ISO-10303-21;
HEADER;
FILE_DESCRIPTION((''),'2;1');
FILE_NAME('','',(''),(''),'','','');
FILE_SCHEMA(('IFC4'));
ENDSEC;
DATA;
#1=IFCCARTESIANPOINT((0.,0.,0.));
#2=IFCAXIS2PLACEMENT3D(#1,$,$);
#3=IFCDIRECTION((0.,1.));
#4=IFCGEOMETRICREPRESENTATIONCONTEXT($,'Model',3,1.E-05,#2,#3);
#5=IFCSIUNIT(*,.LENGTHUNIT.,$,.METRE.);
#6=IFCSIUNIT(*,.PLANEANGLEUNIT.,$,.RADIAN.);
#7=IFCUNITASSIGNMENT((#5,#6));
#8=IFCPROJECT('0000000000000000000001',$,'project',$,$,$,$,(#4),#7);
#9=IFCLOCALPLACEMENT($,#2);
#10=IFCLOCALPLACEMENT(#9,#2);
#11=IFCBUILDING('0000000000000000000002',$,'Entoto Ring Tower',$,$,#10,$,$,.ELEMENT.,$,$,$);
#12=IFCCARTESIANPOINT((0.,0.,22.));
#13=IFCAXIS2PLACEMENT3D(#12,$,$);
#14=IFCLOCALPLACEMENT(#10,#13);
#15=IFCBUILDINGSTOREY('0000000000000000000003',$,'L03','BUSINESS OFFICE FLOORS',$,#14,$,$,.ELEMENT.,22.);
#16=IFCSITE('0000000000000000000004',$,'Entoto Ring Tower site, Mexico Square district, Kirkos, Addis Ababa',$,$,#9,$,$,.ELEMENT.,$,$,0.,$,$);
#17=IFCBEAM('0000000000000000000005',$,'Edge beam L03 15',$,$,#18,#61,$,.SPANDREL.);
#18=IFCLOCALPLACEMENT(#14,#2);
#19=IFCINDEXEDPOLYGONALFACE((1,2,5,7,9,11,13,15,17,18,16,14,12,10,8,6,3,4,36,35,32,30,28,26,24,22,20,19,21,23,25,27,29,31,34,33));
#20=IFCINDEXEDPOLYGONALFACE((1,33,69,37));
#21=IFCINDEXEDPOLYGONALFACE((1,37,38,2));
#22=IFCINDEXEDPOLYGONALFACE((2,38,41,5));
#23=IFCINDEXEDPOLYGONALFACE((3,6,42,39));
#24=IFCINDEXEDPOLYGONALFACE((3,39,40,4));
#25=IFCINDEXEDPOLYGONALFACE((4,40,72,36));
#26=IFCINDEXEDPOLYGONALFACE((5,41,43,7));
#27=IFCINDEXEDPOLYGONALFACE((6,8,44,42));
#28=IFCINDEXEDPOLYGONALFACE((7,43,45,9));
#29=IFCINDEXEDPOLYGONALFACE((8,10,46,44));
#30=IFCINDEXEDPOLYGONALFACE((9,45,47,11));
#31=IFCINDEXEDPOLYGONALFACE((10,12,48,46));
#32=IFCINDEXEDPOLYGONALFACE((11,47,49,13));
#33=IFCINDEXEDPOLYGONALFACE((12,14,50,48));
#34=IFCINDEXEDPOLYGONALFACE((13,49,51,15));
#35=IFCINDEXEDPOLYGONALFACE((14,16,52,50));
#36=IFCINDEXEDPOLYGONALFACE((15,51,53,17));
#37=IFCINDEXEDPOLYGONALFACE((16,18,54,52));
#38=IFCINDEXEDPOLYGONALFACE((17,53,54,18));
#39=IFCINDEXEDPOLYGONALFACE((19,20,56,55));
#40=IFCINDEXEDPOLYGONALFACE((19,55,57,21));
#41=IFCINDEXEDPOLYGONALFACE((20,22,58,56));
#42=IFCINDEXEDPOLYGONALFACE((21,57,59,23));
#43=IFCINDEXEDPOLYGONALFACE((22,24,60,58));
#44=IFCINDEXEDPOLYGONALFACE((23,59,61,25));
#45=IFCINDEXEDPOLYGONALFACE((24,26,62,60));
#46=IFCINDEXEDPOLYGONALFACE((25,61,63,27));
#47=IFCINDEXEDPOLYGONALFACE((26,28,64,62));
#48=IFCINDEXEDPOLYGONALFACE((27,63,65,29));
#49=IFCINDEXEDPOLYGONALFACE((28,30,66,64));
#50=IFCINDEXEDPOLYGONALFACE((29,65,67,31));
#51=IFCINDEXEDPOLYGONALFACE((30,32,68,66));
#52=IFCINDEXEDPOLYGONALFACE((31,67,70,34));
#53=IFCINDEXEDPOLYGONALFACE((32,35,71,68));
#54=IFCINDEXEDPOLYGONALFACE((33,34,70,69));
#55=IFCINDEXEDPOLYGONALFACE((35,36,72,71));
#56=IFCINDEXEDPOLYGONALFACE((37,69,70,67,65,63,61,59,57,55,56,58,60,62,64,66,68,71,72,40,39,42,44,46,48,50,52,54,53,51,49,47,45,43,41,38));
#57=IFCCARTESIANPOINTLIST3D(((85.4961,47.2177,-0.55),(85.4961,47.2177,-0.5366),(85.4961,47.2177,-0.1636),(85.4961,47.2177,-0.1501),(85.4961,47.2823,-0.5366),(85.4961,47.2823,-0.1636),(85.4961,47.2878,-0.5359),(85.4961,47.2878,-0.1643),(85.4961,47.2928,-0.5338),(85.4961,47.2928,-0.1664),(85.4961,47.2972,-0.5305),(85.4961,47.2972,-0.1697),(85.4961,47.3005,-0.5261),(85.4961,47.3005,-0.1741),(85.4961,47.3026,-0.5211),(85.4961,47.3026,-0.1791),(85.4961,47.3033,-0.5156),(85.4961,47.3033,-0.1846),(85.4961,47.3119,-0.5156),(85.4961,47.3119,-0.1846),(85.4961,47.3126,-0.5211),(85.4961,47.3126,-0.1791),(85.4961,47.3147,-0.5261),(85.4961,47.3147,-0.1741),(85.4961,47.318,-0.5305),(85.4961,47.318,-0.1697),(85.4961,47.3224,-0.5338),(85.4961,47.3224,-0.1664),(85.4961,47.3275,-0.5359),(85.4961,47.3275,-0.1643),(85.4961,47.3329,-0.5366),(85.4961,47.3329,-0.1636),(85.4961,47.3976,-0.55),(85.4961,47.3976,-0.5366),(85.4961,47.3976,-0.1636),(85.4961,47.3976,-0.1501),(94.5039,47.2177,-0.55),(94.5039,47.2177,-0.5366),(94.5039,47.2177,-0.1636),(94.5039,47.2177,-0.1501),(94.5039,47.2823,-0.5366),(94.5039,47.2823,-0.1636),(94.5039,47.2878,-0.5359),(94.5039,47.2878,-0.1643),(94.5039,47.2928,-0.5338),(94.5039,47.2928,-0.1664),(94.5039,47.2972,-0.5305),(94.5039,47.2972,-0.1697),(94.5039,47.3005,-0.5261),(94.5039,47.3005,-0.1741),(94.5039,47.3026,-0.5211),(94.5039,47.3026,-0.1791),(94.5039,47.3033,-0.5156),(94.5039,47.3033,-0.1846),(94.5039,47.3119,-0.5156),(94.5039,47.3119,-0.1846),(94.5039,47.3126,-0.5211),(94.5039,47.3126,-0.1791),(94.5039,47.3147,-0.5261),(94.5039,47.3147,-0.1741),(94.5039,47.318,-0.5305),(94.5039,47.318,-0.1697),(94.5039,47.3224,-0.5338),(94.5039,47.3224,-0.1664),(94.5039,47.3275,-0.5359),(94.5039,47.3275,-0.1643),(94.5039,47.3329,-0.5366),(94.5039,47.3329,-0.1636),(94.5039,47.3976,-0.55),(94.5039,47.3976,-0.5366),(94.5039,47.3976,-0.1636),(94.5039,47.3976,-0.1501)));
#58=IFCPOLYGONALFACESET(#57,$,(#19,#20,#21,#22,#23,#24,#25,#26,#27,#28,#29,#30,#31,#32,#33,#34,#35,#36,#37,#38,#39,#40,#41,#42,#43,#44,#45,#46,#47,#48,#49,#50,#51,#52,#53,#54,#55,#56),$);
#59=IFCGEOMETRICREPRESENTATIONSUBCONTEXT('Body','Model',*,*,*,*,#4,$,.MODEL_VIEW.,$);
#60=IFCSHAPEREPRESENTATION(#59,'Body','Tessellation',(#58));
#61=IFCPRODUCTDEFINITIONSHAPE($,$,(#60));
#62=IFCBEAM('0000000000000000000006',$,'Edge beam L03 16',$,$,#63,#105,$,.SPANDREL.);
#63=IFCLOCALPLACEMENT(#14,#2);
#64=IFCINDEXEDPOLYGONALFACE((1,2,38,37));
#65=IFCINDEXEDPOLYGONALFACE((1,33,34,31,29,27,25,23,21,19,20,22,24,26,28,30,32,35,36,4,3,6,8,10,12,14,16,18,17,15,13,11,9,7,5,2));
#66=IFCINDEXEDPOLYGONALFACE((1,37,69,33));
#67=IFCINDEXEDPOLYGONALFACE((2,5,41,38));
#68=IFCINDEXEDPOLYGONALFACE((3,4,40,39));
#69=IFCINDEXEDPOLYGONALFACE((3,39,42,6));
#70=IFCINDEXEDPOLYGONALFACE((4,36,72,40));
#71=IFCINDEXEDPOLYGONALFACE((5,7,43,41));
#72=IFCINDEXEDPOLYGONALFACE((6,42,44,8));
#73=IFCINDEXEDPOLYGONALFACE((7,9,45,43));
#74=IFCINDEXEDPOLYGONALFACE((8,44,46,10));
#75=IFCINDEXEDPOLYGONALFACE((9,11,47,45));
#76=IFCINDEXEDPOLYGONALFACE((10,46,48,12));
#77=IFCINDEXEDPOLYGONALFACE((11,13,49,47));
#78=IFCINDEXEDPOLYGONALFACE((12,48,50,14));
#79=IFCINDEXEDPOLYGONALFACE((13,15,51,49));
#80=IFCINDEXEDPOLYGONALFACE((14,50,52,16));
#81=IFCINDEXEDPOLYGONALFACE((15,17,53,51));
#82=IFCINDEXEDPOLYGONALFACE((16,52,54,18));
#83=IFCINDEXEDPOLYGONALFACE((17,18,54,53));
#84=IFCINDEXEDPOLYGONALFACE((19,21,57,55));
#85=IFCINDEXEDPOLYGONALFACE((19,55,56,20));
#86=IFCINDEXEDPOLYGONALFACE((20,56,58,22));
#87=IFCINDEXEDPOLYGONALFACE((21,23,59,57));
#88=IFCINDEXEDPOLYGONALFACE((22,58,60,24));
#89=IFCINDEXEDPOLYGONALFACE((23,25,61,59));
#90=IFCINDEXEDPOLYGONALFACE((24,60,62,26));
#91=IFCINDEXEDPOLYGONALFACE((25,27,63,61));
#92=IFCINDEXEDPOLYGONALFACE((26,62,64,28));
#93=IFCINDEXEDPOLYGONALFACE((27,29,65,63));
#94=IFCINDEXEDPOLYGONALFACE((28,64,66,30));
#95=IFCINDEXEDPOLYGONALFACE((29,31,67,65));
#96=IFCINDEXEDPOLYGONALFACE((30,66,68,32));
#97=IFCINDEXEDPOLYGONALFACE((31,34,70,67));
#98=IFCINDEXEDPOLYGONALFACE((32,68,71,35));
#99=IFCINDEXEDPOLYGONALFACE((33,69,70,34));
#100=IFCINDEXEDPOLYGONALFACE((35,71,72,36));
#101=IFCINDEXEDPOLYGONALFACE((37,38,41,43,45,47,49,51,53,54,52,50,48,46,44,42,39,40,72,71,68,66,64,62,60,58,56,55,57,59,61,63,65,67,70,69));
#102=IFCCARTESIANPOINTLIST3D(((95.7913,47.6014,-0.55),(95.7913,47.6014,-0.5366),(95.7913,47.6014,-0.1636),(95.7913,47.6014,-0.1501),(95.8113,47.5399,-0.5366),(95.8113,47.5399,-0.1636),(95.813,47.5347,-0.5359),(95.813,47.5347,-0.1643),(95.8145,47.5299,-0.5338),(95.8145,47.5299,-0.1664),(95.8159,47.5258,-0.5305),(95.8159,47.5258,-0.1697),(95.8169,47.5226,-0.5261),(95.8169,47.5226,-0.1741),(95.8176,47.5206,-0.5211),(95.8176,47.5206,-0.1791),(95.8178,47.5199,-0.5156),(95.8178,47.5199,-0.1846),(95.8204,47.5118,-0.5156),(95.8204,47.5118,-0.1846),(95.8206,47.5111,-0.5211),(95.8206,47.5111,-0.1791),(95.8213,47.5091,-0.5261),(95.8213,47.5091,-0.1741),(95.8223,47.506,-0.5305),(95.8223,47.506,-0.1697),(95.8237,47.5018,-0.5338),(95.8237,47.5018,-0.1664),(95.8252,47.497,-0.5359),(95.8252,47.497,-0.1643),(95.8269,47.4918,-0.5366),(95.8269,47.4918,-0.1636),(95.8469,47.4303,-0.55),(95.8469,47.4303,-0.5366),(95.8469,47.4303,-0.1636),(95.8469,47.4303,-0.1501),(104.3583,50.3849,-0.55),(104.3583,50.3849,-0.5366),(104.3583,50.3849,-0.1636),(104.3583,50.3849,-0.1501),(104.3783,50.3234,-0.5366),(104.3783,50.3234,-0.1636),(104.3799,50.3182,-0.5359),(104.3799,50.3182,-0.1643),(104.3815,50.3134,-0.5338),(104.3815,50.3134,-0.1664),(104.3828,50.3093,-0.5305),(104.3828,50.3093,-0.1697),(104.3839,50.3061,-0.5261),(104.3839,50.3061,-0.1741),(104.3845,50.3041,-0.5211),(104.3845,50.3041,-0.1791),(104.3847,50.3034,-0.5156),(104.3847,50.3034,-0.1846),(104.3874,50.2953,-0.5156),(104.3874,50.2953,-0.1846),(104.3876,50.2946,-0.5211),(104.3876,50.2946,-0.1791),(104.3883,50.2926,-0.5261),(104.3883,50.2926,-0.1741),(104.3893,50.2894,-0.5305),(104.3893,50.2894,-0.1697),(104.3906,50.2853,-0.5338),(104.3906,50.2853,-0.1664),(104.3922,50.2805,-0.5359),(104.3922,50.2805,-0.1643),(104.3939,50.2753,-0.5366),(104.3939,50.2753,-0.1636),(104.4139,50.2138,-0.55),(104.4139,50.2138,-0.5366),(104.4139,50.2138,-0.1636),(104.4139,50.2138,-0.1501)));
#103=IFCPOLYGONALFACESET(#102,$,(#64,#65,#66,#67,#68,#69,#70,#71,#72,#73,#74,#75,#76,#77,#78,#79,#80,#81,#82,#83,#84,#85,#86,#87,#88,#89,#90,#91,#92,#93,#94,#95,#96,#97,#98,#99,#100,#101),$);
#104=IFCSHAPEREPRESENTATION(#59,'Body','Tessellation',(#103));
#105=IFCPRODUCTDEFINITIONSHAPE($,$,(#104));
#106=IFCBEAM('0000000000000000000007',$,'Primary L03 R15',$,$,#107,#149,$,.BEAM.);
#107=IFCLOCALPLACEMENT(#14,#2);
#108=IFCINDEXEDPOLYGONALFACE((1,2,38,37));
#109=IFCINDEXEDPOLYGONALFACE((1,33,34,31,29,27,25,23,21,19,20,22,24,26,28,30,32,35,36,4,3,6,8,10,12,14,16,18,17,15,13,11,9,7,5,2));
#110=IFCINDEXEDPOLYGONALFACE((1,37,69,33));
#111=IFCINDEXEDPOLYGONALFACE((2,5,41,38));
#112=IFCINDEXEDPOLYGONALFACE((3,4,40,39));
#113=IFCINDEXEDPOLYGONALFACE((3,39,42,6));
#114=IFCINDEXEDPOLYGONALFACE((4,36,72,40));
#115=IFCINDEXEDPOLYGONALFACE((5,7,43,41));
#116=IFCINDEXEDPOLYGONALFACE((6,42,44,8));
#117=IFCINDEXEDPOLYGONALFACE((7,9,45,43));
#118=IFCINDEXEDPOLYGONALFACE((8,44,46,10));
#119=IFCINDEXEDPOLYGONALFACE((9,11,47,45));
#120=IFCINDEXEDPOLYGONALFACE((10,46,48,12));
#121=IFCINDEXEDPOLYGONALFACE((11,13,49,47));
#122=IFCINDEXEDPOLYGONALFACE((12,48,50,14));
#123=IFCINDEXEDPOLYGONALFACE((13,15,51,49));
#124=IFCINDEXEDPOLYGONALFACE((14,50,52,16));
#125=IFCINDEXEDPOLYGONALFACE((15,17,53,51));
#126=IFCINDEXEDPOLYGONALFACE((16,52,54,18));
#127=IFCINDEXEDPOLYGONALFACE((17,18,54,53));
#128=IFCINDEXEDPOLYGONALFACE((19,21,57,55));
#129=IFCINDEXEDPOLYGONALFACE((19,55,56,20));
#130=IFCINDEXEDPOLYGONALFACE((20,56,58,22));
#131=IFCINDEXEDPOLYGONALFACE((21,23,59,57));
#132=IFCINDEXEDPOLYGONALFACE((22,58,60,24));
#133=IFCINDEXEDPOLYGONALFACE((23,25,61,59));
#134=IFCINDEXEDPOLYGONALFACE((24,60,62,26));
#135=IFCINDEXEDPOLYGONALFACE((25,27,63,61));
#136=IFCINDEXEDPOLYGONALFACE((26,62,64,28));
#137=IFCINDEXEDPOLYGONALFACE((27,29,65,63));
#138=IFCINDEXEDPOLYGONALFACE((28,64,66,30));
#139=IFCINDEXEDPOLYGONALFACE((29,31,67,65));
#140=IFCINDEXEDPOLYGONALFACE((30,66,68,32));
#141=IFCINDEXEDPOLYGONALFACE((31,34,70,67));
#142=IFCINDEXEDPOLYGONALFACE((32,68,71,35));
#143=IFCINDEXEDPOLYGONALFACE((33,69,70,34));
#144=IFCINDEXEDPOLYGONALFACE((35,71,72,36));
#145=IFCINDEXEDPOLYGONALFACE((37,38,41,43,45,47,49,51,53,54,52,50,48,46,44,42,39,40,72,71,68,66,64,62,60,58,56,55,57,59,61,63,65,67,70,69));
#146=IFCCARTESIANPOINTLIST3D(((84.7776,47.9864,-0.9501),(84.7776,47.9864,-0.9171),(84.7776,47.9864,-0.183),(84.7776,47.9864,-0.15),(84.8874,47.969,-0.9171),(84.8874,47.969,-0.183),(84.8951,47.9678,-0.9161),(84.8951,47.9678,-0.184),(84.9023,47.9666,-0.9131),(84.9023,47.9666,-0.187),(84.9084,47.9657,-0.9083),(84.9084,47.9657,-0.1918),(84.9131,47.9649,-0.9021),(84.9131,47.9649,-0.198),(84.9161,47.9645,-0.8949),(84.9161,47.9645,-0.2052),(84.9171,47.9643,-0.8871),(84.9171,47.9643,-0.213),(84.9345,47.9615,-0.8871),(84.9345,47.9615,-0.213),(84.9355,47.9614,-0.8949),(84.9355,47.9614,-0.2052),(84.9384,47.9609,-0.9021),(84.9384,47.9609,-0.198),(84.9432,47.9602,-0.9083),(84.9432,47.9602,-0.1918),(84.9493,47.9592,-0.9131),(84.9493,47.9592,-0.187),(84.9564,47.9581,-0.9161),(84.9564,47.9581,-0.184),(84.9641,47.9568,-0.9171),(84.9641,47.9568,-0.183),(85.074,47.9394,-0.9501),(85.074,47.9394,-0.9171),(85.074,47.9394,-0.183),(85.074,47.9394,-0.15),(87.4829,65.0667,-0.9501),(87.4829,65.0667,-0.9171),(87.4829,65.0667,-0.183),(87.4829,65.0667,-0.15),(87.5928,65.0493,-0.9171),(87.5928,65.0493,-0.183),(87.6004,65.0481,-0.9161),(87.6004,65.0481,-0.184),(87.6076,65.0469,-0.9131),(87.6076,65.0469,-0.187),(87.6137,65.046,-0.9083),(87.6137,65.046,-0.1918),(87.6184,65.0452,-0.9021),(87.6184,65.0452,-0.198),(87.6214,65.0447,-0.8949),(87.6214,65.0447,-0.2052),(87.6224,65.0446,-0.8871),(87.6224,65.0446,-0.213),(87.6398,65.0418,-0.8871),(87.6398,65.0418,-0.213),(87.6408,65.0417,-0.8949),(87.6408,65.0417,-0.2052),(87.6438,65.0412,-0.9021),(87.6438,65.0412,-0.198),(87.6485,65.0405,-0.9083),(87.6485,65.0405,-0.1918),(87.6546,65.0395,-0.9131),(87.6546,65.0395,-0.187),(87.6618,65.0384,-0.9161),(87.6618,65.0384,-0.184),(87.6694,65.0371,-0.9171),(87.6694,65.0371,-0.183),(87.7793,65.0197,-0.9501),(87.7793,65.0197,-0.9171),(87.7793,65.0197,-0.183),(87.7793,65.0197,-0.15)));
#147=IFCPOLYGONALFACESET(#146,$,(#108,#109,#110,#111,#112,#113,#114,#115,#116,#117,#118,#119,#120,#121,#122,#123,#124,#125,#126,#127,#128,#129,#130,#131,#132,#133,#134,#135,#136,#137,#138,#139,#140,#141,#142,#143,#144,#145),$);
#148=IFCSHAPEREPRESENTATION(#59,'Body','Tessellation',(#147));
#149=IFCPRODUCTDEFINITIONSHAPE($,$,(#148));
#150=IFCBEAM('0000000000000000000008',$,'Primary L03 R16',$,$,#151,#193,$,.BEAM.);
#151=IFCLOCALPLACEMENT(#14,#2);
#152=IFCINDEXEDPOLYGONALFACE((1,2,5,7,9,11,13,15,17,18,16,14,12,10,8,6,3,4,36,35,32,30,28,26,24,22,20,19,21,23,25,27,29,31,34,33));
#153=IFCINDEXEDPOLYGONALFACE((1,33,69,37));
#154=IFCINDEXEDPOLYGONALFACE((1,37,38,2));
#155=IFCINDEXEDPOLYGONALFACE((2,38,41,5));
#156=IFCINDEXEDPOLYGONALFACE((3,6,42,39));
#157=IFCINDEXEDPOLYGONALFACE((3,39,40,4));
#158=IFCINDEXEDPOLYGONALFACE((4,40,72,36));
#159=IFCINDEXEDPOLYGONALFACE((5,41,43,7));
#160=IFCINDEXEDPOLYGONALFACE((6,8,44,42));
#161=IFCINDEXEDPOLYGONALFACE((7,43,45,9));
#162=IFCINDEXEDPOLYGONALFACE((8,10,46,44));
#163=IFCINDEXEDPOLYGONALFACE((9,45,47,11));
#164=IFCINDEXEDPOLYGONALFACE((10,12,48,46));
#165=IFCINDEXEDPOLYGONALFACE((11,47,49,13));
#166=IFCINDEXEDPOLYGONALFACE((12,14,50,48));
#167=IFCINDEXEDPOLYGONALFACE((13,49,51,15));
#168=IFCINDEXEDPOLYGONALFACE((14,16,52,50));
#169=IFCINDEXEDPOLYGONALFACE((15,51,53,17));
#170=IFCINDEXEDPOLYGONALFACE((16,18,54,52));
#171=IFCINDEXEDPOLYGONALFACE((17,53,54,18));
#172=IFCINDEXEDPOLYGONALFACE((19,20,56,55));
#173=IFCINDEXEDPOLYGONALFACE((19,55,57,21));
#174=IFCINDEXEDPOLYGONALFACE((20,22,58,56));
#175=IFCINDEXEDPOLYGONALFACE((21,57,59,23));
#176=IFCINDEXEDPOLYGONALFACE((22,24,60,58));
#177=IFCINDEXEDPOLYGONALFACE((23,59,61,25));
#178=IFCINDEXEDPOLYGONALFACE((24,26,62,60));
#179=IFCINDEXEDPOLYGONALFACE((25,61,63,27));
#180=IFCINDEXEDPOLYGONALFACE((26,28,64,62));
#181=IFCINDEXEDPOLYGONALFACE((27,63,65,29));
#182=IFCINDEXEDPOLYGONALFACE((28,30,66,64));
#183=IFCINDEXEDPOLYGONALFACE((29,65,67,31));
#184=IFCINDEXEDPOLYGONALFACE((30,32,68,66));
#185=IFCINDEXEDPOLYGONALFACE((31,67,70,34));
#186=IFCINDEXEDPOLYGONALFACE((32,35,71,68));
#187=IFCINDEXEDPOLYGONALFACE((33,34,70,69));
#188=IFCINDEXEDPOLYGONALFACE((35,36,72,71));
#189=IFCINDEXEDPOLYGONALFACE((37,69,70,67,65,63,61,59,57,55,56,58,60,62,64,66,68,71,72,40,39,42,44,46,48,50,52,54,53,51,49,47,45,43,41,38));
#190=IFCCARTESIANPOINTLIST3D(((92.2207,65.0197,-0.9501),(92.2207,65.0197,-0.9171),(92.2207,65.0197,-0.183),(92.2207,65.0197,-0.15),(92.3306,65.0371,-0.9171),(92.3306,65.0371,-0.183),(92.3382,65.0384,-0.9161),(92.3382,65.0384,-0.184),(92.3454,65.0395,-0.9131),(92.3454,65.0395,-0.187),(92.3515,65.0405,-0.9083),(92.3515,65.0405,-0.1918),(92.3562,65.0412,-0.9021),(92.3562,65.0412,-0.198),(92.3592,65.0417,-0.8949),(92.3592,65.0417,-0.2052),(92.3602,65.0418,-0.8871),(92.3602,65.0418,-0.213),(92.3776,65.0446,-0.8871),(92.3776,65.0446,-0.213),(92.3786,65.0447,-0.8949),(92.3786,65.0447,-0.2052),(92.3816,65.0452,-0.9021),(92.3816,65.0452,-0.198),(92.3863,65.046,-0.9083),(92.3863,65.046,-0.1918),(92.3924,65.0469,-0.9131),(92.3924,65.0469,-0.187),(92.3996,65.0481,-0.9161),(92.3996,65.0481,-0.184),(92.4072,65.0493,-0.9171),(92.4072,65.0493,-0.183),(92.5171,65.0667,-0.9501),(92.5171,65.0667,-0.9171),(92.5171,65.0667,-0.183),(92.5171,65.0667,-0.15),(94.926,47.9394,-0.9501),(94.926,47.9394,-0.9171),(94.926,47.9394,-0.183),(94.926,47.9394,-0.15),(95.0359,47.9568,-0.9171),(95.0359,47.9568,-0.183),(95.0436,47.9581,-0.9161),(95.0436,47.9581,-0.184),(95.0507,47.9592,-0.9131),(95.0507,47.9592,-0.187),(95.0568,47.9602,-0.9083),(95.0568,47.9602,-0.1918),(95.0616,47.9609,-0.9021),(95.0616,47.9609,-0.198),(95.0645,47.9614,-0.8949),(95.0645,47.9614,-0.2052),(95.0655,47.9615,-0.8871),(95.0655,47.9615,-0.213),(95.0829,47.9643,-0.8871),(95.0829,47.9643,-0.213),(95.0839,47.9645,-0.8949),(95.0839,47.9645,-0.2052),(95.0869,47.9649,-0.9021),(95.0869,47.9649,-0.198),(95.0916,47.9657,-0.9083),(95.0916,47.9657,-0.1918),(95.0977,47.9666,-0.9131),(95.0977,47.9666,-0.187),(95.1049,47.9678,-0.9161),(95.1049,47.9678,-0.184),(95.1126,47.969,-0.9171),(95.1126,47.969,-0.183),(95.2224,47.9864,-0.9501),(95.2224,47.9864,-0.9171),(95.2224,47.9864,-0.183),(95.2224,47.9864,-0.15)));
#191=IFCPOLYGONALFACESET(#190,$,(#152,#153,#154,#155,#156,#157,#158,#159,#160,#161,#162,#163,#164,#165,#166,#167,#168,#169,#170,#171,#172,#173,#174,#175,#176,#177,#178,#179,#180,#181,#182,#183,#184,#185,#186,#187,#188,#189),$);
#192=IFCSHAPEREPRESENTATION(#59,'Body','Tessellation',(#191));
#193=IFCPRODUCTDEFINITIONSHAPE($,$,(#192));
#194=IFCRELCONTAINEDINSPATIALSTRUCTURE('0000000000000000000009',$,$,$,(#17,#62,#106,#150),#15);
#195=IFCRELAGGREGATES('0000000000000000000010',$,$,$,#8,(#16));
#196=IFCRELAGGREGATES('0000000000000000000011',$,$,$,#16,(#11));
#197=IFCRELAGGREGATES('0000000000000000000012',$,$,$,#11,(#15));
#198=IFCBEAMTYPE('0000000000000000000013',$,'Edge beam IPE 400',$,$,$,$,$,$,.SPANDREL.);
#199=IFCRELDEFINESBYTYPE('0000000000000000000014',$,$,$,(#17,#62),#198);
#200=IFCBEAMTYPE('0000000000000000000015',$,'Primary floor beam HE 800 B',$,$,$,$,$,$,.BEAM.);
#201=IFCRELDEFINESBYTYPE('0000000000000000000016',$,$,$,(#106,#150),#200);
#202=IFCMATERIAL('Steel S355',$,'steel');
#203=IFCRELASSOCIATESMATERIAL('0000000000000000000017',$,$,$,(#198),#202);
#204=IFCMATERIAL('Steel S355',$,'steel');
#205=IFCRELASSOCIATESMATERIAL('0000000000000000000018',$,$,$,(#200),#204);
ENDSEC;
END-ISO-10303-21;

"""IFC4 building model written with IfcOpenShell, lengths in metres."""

from ifc_helpers import new_model, si_unit, direction, frame, origin, origin_2d, place, context, subcontext, project, spatial, i_section, extrude, material, material_profile, profile_set, type_object, element, save


model = new_model("IFC4")

# Units and contexts
model_context = context("Model", 3, precision=1e-05, world=origin(), true_north=direction((0.0, 1.0)))
body_context = subcontext(model_context, "Body", "Model", "MODEL_VIEW")
ifc_project = project(units=[si_unit("LENGTHUNIT", "METRE"), si_unit("PLANEANGLEUNIT", "RADIAN")], contexts=[model_context])

# Site, building, storey
site_placement = place(None, origin())
site = spatial("IfcSite", under=ifc_project, at=site_placement, Name="Entoto Ring Tower site, Mexico Square district, Kirkos, Addis Ababa", CompositionType="ELEMENT", RefElevation=0.0)
building_placement = place(site_placement, origin())
building = spatial("IfcBuilding", under=site, at=building_placement, Name="Entoto Ring Tower", CompositionType="ELEMENT")
storey_placement = place(building_placement, frame((0.0, 0.0, 22.0)))
storey = spatial("IfcBuildingStorey", under=building, at=storey_placement, Name="L03", Description="BUSINESS OFFICE FLOORS", CompositionType="ELEMENT", Elevation=22.0)

# Beams
ifc_material_1 = material(Name="Steel S355", Category="steel")
ifc_material_profile_1 = material_profile(ifc_material_1, i_section(OverallWidth=0.1799, OverallDepth=0.3999, WebThickness=0.0085, FlangeThickness=0.0134, FilletRadius=0.021, at=origin_2d()), Name="IPE 400")
ifc_profile_set_1 = profile_set([ifc_material_profile_1], Name="Steel S355")
beam_type_1 = type_object("IfcBeamType", Name="Edge beam IPE 400", PredefinedType="SPANDREL", material=ifc_profile_set_1)
for number, where, z_axis, x_axis, name in (
    (1, (85.4961, 47.3076, -0.3501), (1.0, 0.0, 0.0), (0.0, 1.0, 0.0), "Edge beam L03 15"),
    (2, (95.8191, 47.5159, -0.3501), (0.95106, 0.309006, 0.0), (-0.309006, 0.95106, 0.0), "Edge beam L03 16"),
):
    element("IfcBeam", number, at=place(storey_placement, frame(where, z_axis=z_axis, x_axis=x_axis)), inside=storey, type_object=beam_type_1, Name=name, PredefinedType="SPANDREL", context=body_context, shape_type="SweptSolid", body=[
        extrude(i_section(OverallWidth=0.1799, OverallDepth=0.3999, WebThickness=0.0085, FlangeThickness=0.0134, FilletRadius=0.021, at=origin_2d()), origin(), (0.0, 0.0, 1.0), 9.0078),
    ])
ifc_material_2 = material(Name="Steel S355", Category="steel")
ifc_material_profile_2 = material_profile(ifc_material_2, i_section(OverallWidth=0.3, OverallDepth=0.8, WebThickness=0.0176, FlangeThickness=0.033, FilletRadius=0.03, at=origin_2d()), Name="HE 800 B")
ifc_profile_set_2 = profile_set([ifc_material_profile_2], Name="Steel S355")
beam_type_2 = type_object("IfcBeamType", Name="Primary floor beam HE 800 B", PredefinedType="BEAM", material=ifc_profile_set_2)
for number, where, z_axis, x_axis, name in (
    (3, (87.6311, 65.0432, -0.55), (-0.156438, -0.987688, 0.0), (0.987688, -0.156438, 0.0), "Primary L03 R15"),
    (4, (92.3689, 65.0432, -0.55), (0.156438, -0.987688, 0.0), (0.987688, 0.156438, 0.0), "Primary L03 R16"),
):
    element("IfcBeam", number, at=place(storey_placement, frame(where, z_axis=z_axis, x_axis=x_axis)), inside=storey, type_object=beam_type_2, Name=name, PredefinedType="BEAM", context=body_context, shape_type="SweptSolid", body=[
        extrude(i_section(OverallWidth=0.3, OverallDepth=0.8, WebThickness=0.0176, FlangeThickness=0.033, FilletRadius=0.03, at=origin_2d()), origin(), (0.0, 0.0, 1.0), 17.2932),
    ])

save(model, "model.ifc")
